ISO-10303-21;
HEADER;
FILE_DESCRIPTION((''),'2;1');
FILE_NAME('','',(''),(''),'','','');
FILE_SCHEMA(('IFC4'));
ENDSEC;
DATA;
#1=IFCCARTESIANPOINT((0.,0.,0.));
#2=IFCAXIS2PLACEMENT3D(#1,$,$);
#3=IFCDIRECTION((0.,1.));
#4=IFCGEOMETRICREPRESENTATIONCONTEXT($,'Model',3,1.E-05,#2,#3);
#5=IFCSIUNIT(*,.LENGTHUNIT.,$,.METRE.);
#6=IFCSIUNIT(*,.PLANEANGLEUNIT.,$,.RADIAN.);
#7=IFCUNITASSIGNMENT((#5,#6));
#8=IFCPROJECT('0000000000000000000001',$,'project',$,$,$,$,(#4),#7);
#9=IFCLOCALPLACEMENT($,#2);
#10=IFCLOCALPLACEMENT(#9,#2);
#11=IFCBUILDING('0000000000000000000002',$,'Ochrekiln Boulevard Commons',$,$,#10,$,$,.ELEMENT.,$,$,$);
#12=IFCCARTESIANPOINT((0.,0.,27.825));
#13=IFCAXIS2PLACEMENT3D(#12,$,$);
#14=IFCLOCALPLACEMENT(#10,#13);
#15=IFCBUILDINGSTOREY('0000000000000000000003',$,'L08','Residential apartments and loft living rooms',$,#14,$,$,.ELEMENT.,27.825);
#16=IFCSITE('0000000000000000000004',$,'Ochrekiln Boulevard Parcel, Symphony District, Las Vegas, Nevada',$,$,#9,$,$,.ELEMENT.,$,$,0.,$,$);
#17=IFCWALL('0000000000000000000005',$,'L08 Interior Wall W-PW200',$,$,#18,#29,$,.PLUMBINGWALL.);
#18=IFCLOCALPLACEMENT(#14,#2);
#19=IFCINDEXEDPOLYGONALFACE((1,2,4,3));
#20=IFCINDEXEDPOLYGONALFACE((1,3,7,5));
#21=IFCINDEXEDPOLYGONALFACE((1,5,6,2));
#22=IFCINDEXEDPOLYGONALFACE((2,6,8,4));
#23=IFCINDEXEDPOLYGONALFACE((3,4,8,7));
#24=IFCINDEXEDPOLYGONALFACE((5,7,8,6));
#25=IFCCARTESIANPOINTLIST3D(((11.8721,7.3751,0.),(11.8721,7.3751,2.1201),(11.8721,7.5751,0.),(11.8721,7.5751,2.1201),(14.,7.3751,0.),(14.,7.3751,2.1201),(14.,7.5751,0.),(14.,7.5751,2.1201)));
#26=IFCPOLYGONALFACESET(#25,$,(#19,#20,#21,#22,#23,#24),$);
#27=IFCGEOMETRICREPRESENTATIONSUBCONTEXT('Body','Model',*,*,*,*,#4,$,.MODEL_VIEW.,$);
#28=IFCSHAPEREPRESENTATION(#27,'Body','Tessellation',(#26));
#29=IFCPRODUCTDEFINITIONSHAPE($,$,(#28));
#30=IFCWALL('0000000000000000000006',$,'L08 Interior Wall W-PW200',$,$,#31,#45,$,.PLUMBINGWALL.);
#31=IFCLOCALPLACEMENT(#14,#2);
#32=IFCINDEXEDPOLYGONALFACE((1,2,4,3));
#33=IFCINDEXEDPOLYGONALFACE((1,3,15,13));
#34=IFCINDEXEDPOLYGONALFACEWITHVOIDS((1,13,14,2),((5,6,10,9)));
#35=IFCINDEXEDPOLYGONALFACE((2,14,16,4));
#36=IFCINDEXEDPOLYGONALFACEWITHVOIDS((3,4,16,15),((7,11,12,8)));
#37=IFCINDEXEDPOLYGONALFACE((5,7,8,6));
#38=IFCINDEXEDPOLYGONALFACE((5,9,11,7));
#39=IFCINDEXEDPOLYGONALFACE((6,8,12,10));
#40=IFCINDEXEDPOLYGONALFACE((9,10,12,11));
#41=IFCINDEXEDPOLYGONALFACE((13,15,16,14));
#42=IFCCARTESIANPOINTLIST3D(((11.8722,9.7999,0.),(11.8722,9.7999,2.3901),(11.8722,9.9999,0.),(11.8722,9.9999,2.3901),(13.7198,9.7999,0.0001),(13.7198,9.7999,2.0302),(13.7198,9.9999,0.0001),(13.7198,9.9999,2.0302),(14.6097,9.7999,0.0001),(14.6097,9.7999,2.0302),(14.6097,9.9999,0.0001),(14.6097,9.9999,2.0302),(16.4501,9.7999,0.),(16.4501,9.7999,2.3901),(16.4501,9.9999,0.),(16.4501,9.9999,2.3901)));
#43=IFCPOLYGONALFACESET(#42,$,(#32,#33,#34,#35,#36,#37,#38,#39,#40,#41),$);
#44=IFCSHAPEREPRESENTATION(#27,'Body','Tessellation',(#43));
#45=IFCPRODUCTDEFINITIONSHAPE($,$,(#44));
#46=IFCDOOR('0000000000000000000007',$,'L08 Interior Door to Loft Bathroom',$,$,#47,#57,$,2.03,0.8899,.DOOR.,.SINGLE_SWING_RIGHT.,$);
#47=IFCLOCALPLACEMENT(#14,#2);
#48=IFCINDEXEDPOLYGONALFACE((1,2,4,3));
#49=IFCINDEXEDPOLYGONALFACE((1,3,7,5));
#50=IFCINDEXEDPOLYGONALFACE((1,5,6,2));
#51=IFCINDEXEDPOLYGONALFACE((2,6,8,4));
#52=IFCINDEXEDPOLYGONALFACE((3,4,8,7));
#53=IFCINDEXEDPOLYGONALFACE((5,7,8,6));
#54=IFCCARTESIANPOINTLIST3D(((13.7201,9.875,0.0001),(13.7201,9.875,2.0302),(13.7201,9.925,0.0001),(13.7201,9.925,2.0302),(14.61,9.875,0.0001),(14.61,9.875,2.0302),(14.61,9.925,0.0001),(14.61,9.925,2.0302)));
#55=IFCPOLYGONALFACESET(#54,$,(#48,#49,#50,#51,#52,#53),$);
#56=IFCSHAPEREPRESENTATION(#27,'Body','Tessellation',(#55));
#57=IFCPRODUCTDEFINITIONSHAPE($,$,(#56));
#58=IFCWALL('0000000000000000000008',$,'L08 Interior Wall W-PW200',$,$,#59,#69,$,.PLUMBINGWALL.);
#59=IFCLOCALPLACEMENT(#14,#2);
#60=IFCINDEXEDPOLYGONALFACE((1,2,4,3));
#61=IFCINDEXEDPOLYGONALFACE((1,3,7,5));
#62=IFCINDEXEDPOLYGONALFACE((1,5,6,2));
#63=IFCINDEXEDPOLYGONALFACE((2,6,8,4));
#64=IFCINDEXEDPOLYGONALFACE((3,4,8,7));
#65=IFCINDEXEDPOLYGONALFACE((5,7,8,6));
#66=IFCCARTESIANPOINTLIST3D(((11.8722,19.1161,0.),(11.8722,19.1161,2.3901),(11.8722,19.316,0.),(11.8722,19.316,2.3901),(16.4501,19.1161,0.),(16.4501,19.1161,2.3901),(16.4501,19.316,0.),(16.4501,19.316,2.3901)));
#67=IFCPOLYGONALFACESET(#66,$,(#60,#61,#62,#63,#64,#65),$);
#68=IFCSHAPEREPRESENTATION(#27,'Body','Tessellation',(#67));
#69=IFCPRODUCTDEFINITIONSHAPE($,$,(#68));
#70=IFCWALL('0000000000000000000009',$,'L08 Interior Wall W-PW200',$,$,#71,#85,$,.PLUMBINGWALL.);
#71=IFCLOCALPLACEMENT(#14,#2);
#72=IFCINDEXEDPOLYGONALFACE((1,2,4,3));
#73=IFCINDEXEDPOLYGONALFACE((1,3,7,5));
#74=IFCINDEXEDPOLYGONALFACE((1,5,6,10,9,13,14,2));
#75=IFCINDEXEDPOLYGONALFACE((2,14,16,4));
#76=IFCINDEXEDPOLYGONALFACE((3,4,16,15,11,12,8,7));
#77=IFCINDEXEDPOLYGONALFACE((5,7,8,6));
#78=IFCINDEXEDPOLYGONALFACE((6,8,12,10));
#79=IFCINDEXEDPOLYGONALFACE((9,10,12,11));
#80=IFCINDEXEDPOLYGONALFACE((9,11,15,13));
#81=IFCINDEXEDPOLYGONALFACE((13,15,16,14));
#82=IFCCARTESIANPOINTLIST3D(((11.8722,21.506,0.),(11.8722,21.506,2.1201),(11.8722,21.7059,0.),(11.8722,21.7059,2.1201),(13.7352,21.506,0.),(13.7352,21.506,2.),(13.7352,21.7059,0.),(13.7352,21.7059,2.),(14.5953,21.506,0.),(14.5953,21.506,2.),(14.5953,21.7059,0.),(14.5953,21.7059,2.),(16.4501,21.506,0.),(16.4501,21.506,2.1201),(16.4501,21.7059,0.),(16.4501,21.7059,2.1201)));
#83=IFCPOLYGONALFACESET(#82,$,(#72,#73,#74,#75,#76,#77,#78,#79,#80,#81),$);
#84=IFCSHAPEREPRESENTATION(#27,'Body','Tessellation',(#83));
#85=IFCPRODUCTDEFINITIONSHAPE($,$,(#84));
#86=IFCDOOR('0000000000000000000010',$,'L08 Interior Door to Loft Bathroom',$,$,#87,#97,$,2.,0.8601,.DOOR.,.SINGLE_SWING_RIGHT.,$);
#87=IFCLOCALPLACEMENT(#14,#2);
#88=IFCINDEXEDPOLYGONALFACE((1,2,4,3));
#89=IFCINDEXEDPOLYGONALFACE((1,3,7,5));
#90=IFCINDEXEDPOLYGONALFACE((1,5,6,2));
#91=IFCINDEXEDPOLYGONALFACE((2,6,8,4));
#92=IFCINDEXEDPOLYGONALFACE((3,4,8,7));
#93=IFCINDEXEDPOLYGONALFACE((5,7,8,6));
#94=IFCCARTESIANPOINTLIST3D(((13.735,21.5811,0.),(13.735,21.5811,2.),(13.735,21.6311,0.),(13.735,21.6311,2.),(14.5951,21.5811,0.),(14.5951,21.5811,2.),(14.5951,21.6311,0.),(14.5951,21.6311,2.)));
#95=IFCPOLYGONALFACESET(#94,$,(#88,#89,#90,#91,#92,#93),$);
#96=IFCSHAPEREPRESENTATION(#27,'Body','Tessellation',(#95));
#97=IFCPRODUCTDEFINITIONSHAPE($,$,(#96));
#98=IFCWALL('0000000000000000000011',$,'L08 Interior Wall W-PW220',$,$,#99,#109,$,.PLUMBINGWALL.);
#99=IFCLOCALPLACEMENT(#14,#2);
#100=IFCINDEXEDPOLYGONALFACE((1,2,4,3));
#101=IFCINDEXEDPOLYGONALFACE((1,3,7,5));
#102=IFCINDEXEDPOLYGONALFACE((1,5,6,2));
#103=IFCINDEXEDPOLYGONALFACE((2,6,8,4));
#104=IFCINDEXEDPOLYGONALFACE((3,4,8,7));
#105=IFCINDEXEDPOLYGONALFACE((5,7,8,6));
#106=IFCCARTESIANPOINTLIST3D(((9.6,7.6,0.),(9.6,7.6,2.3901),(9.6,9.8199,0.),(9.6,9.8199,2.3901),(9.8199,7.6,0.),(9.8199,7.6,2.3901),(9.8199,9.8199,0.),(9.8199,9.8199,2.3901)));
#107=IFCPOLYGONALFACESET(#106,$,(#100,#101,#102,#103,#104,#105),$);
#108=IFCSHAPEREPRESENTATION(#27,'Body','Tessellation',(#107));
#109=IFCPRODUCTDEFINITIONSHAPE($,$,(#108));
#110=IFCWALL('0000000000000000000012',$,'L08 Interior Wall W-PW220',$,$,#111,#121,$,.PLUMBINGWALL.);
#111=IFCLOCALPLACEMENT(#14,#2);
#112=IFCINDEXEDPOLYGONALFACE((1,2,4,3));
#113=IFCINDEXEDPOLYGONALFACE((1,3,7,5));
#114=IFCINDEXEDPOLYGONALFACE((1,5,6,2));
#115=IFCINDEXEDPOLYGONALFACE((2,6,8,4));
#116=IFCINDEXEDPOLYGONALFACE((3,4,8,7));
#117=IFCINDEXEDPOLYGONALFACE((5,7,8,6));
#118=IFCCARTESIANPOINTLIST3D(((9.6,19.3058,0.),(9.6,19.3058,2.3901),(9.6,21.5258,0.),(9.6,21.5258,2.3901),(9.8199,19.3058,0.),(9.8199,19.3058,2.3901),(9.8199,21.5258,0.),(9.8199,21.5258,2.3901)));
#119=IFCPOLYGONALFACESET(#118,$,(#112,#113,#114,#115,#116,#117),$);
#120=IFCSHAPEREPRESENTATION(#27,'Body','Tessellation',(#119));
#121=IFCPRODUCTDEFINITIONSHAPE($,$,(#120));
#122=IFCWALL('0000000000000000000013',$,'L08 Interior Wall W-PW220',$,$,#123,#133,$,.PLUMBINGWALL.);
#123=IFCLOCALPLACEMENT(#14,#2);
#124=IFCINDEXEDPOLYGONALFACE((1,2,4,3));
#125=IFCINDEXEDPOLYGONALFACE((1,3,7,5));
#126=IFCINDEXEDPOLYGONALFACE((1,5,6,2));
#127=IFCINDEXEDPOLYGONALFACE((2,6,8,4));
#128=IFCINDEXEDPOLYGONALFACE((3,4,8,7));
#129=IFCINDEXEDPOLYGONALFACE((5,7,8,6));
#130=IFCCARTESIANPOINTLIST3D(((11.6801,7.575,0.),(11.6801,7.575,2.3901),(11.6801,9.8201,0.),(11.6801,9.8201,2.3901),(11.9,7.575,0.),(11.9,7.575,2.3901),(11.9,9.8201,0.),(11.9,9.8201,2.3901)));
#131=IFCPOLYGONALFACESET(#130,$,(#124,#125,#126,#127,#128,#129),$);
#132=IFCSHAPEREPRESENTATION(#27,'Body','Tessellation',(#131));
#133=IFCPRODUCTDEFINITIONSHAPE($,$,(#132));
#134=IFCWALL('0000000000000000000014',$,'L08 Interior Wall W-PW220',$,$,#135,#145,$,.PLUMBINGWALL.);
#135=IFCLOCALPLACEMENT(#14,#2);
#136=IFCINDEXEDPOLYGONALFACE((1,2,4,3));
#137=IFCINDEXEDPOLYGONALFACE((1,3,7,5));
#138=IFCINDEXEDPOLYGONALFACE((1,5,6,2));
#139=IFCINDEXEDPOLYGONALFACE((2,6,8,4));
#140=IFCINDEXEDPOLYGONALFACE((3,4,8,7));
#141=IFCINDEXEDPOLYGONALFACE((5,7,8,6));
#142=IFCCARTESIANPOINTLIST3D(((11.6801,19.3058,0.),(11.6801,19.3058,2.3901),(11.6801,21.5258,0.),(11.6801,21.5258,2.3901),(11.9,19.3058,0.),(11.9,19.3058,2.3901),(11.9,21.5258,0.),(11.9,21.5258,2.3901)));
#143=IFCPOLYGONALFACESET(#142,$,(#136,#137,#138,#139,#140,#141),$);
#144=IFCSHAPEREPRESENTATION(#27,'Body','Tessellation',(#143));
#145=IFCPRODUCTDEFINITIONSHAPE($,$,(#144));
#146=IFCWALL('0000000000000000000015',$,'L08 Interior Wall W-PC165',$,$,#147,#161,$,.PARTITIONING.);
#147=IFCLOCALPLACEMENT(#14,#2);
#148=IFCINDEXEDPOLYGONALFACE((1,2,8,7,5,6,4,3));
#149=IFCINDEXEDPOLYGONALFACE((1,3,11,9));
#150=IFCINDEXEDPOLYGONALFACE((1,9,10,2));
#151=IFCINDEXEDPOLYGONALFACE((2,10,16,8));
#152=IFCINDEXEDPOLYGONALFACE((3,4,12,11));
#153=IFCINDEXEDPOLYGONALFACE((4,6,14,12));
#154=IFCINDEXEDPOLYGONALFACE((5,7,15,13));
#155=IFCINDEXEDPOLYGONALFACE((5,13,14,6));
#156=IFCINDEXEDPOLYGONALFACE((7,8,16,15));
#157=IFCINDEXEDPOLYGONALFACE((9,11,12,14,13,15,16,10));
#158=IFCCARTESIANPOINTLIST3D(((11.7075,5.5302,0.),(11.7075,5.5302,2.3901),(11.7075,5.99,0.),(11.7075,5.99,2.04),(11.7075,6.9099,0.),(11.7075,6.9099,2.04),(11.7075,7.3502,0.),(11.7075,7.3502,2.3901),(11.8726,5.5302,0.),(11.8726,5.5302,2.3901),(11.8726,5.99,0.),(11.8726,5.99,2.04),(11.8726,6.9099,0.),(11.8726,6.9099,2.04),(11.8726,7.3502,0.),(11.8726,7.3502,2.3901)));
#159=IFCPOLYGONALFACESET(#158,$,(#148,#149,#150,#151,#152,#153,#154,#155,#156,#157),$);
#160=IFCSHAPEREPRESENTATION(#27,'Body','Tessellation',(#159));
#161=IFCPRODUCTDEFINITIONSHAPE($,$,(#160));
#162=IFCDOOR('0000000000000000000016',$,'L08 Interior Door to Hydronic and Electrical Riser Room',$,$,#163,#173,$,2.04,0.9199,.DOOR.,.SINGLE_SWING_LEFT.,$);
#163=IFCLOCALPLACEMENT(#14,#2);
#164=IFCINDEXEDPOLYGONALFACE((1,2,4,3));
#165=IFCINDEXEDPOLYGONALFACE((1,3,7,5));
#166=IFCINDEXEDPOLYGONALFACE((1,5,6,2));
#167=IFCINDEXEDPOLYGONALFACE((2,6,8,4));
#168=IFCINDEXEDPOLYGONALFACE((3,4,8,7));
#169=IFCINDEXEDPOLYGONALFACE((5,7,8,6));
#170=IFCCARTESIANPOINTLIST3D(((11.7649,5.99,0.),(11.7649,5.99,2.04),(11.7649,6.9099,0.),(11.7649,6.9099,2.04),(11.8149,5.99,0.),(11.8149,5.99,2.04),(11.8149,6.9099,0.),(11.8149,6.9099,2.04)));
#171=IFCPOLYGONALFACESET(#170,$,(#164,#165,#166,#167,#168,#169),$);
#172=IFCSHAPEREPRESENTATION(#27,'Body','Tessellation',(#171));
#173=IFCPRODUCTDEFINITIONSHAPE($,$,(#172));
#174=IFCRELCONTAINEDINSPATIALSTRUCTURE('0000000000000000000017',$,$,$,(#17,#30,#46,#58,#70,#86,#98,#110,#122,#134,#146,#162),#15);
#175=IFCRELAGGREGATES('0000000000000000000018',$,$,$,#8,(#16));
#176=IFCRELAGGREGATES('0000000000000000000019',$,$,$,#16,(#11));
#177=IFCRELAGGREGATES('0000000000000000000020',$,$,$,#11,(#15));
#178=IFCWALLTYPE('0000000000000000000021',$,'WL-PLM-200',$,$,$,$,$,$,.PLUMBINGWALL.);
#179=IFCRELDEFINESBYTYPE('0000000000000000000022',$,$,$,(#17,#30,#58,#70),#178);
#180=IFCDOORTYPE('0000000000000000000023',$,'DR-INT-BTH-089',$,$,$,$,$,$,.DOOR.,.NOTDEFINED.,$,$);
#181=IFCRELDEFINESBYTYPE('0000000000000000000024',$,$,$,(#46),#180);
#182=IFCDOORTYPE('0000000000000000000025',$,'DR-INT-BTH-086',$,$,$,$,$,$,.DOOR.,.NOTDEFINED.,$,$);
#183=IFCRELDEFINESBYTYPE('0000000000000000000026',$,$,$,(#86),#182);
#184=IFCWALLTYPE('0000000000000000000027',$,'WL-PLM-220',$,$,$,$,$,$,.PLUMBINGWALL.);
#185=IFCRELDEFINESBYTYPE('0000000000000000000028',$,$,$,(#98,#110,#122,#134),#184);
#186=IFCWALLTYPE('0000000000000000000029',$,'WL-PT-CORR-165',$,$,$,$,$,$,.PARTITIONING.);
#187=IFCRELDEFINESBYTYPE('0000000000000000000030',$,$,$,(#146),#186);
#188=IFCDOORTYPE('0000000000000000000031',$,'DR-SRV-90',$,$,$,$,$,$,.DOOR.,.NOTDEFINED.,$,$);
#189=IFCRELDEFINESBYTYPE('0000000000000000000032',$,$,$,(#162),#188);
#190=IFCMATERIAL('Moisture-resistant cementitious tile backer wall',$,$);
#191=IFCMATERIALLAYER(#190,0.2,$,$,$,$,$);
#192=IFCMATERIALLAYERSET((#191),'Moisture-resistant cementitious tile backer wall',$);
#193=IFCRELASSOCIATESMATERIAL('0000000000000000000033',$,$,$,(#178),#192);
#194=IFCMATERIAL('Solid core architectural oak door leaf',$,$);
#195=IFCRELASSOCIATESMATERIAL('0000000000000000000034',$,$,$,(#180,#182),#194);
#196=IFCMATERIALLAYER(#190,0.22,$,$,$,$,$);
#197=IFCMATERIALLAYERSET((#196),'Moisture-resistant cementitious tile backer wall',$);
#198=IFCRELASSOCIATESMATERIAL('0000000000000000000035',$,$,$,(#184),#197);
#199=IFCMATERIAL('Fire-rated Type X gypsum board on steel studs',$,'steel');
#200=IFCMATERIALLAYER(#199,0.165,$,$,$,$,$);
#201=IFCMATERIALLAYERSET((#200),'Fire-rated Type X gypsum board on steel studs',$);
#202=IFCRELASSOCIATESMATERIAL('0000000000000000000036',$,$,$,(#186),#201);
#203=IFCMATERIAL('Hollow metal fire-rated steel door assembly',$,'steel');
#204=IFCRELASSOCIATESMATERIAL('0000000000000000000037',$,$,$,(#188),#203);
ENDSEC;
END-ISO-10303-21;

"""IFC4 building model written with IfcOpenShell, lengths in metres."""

from ifc_helpers import new_model, si_unit, direction, frame, frame_2d, origin, place, context, subcontext, project, spatial, rectangle, extrude, material, layer, layer_set, type_object, element, fill, save


model = new_model("IFC4")

# Units and contexts
model_context = context("Model", 3, precision=1e-05, world=origin(), true_north=direction((0.0, 1.0)))
body_context = subcontext(model_context, "Body", "Model", "MODEL_VIEW")
ifc_project = project(units=[si_unit("LENGTHUNIT", "METRE"), si_unit("PLANEANGLEUNIT", "RADIAN")], contexts=[model_context])

# Site, building, storey
site_placement = place(None, origin())
site = spatial("IfcSite", under=ifc_project, at=site_placement, Name="Ochrekiln Boulevard Parcel, Symphony District, Las Vegas, Nevada", CompositionType="ELEMENT", RefElevation=0.0)
building_placement = place(site_placement, origin())
building = spatial("IfcBuilding", under=site, at=building_placement, Name="Ochrekiln Boulevard Commons", CompositionType="ELEMENT")
storey_placement = place(building_placement, frame((0.0, 0.0, 27.825)))
storey = spatial("IfcBuildingStorey", under=building, at=storey_placement, Name="L08", Description="Residential apartments and loft living rooms", CompositionType="ELEMENT", Elevation=27.825)

# Wall
ifc_material_1 = material(Name="Moisture-resistant cementitious tile backer wall")
ifc_layer_1 = layer(ifc_material_1, 0.2)
ifc_layer_set_1 = layer_set([ifc_layer_1], Name="Moisture-resistant cementitious tile backer wall")
wall_type_1 = type_object("IfcWallType", Name="WL-PLM-200", PredefinedType="PLUMBINGWALL", material=ifc_layer_set_1)
wall_1_placement = place(storey_placement, frame((11.8721, 7.4751, 0.0), z_axis=(0.0, 0.0, 1.0), x_axis=(1.0, 0.0, 0.0)))
element("IfcWall", 1, at=wall_1_placement, inside=storey, type_object=wall_type_1, Name="L08 Interior Wall W-PW200", PredefinedType="PLUMBINGWALL", context=body_context, shape_type="SweptSolid", body=[
    extrude(rectangle(XDim=2.1279, YDim=0.2, at=frame_2d((1.064, 0.0))), origin(), (0.0, 0.0, 1.0), 2.1201),
])

# Wall, opening, door
wall_2_placement = place(storey_placement, frame((11.8721, 9.8999, 0.0), z_axis=(0.0, 0.0, 1.0), x_axis=(1.0, 0.0, 0.0)))
wall_2 = element("IfcWall", 2, at=wall_2_placement, inside=storey, type_object=wall_type_1, Name="L08 Interior Wall W-PW200", PredefinedType="PLUMBINGWALL", context=body_context, shape_type="SweptSolid", body=[
    extrude(rectangle(XDim=4.5779, YDim=0.2, at=frame_2d((2.2891, 0.0))), origin(), (0.0, 0.0, 1.0), 2.3901),
])
opening_1_placement = place(wall_2_placement, frame((1.8479, 0.0, 0.0)))
opening_1 = element("IfcOpeningElement", 3, at=opening_1_placement, cuts=wall_2, PredefinedType="OPENING", context=body_context, shape_type="SweptSolid", body=[
    extrude(rectangle(XDim=0.8899, YDim=2.03, at=frame_2d((0.4448, 1.0151))), frame((0.0, 0.1099, 0.0), z_axis=(0.0, -1.0, 0.0), x_axis=(1.0, 0.0, 0.0)), (0.0, 0.0, 1.0), 0.22),
])
ifc_material_2 = material(Name="Solid core architectural oak door leaf")
door_type_1 = type_object("IfcDoorType", Name="DR-INT-BTH-089", OperationType="NOTDEFINED", PredefinedType="DOOR", material=ifc_material_2)
door_1_placement = place(opening_1_placement, frame((0.8899, 0.0, 0.0), z_axis=(0.0, 0.0, 1.0), x_axis=(-1.0, 0.0, 0.0)))
door_1 = element("IfcDoor", 4, at=door_1_placement, inside=storey, type_object=door_type_1, Name="L08 Interior Door to Loft Bathroom", OperationType="SINGLE_SWING_RIGHT", OverallHeight=2.03, OverallWidth=0.8899, PredefinedType="DOOR", context=body_context, shape_type="SweptSolid", body=[
    extrude(rectangle(XDim=0.8899, YDim=2.03, at=frame_2d((0.4448, 1.0151))), frame((0.0, 0.0249, 0.0), z_axis=(0.0, -1.0, 0.0), x_axis=(1.0, 0.0, 0.0)), (0.0, 0.0, 1.0), 0.05),
])
fill(opening_1, door_1)

# Wall
wall_3_placement = place(storey_placement, frame((11.8721, 19.2161, 0.0), z_axis=(0.0, 0.0, 1.0), x_axis=(1.0, 0.0, 0.0)))
element("IfcWall", 5, at=wall_3_placement, inside=storey, type_object=wall_type_1, Name="L08 Interior Wall W-PW200", PredefinedType="PLUMBINGWALL", context=body_context, shape_type="SweptSolid", body=[
    extrude(rectangle(XDim=4.5779, YDim=0.2, at=frame_2d((2.2891, 0.0))), origin(), (0.0, 0.0, 1.0), 2.3901),
])

# Wall, opening, door
wall_4_placement = place(storey_placement, frame((11.8721, 21.606, 0.0), z_axis=(0.0, 0.0, 1.0), x_axis=(1.0, 0.0, 0.0)))
wall_4 = element("IfcWall", 6, at=wall_4_placement, inside=storey, type_object=wall_type_1, Name="L08 Interior Wall W-PW200", PredefinedType="PLUMBINGWALL", context=body_context, shape_type="SweptSolid", body=[
    extrude(rectangle(XDim=4.5779, YDim=0.2, at=frame_2d((2.2891, 0.0))), origin(), (0.0, 0.0, 1.0), 2.1201),
])
opening_2_placement = place(wall_4_placement, frame((1.863, 0.0, 0.0)))
opening_2 = element("IfcOpeningElement", 7, at=opening_2_placement, cuts=wall_4, PredefinedType="OPENING", context=body_context, shape_type="SweptSolid", body=[
    extrude(rectangle(XDim=0.8601, YDim=2.0, at=frame_2d((0.4302, 1.0))), frame((0.0, 0.1099, 0.0), z_axis=(0.0, -1.0, 0.0), x_axis=(1.0, 0.0, 0.0)), (0.0, 0.0, 1.0), 0.22),
])
door_type_2 = type_object("IfcDoorType", Name="DR-INT-BTH-086", OperationType="NOTDEFINED", PredefinedType="DOOR", material=ifc_material_2)
door_2_placement = place(opening_2_placement, frame((0.8601, 0.0, 0.0), z_axis=(0.0, 0.0, 1.0), x_axis=(-1.0, 0.0, 0.0)))
door_2 = element("IfcDoor", 8, at=door_2_placement, inside=storey, type_object=door_type_2, Name="L08 Interior Door to Loft Bathroom", OperationType="SINGLE_SWING_RIGHT", OverallHeight=2.0, OverallWidth=0.8601, PredefinedType="DOOR", context=body_context, shape_type="SweptSolid", body=[
    extrude(rectangle(XDim=0.8601, YDim=2.0, at=frame_2d((0.4302, 1.0))), frame((0.0, 0.0249, 0.0), z_axis=(0.0, -1.0, 0.0), x_axis=(1.0, 0.0, 0.0)), (0.0, 0.0, 1.0), 0.05),
])
fill(opening_2, door_2)

# Walls
ifc_layer_2 = layer(ifc_material_1, 0.22)
ifc_layer_set_2 = layer_set([ifc_layer_2], Name="Moisture-resistant cementitious tile backer wall")
wall_type_2 = type_object("IfcWallType", Name="WL-PLM-220", PredefinedType="PLUMBINGWALL", material=ifc_layer_set_2)
for number, where, z_axis, x_axis, name in (
    (9, (9.71, 7.6001, 0.0), (0.0, 0.0, 1.0), (0.0, 1.0, 0.0), "L08 Interior Wall W-PW220"),
    (10, (9.71, 19.3059, 0.0), (0.0, 0.0, 1.0), (0.0, 1.0, 0.0), "L08 Interior Wall W-PW220"),
):
    element("IfcWall", number, at=place(storey_placement, frame(where, z_axis=z_axis, x_axis=x_axis)), inside=storey, type_object=wall_type_2, Name=name, PredefinedType="PLUMBINGWALL", context=body_context, shape_type="SweptSolid", body=[
        extrude(rectangle(XDim=2.22, YDim=0.22, at=frame_2d((1.1099, 0.0))), origin(), (0.0, 0.0, 1.0), 2.3901),
    ])
wall_5_placement = place(storey_placement, frame((11.79, 7.575, 0.0), z_axis=(0.0, 0.0, 1.0), x_axis=(0.0, 1.0, 0.0)))
element("IfcWall", 11, at=wall_5_placement, inside=storey, type_object=wall_type_2, Name="L08 Interior Wall W-PW220", PredefinedType="PLUMBINGWALL", context=body_context, shape_type="SweptSolid", body=[
    extrude(rectangle(XDim=2.2451, YDim=0.22, at=frame_2d((1.1226, 0.0))), origin(), (0.0, 0.0, 1.0), 2.3901),
])
wall_6_placement = place(storey_placement, frame((11.79, 19.3059, 0.0), z_axis=(0.0, 0.0, 1.0), x_axis=(0.0, 1.0, 0.0)))
element("IfcWall", 12, at=wall_6_placement, inside=storey, type_object=wall_type_2, Name="L08 Interior Wall W-PW220", PredefinedType="PLUMBINGWALL", context=body_context, shape_type="SweptSolid", body=[
    extrude(rectangle(XDim=2.22, YDim=0.22, at=frame_2d((1.1099, 0.0))), origin(), (0.0, 0.0, 1.0), 2.3901),
])

# Wall, opening, door
ifc_material_3 = material(Name="Fire-rated Type X gypsum board on steel studs", Category="steel")
ifc_layer_3 = layer(ifc_material_3, 0.165)
ifc_layer_set_3 = layer_set([ifc_layer_3], Name="Fire-rated Type X gypsum board on steel studs")
wall_type_3 = type_object("IfcWallType", Name="WL-PT-CORR-165", PredefinedType="PARTITIONING", material=ifc_layer_set_3)
wall_7_placement = place(storey_placement, frame((11.79, 5.53, 0.0), z_axis=(0.0, 0.0, 1.0), x_axis=(0.0, 1.0, 0.0)))
wall_7 = element("IfcWall", 13, at=wall_7_placement, inside=storey, type_object=wall_type_3, Name="L08 Interior Wall W-PC165", PredefinedType="PARTITIONING", context=body_context, shape_type="SweptSolid", body=[
    extrude(rectangle(XDim=1.8201, YDim=0.165, at=frame_2d((0.9102, 0.0))), origin(), (0.0, 0.0, 1.0), 2.3901),
])
opening_3_placement = place(wall_7_placement, frame((0.46, 0.0, 0.0)))
opening_3 = element("IfcOpeningElement", 14, at=opening_3_placement, cuts=wall_7, PredefinedType="OPENING", context=body_context, shape_type="SweptSolid", body=[
    extrude(rectangle(XDim=0.9199, YDim=2.04, at=frame_2d((0.46, 1.02))), frame((0.0, 0.0925, 0.0), z_axis=(0.0, -1.0, 0.0), x_axis=(1.0, 0.0, 0.0)), (0.0, 0.0, 1.0), 0.1851),
])
ifc_material_4 = material(Name="Hollow metal fire-rated steel door assembly", Category="steel")
door_type_3 = type_object("IfcDoorType", Name="DR-SRV-90", OperationType="NOTDEFINED", PredefinedType="DOOR", material=ifc_material_4)
door_3_placement = place(opening_3_placement, frame((0.9199, 0.0, 0.0), z_axis=(0.0, 0.0, 1.0), x_axis=(-1.0, 0.0, 0.0)))
door_3 = element("IfcDoor", 15, at=door_3_placement, inside=storey, type_object=door_type_3, Name="L08 Interior Door to Hydronic and Electrical Riser Room", OperationType="SINGLE_SWING_LEFT", OverallHeight=2.04, OverallWidth=0.9199, PredefinedType="DOOR", context=body_context, shape_type="SweptSolid", body=[
    extrude(rectangle(XDim=0.9199, YDim=2.04, at=frame_2d((0.46, 1.02))), frame((0.0, 0.0249, 0.0), z_axis=(0.0, -1.0, 0.0), x_axis=(1.0, 0.0, 0.0)), (0.0, 0.0, 1.0), 0.05),
])
fill(opening_3, door_3)

save(model, "model.ifc")
